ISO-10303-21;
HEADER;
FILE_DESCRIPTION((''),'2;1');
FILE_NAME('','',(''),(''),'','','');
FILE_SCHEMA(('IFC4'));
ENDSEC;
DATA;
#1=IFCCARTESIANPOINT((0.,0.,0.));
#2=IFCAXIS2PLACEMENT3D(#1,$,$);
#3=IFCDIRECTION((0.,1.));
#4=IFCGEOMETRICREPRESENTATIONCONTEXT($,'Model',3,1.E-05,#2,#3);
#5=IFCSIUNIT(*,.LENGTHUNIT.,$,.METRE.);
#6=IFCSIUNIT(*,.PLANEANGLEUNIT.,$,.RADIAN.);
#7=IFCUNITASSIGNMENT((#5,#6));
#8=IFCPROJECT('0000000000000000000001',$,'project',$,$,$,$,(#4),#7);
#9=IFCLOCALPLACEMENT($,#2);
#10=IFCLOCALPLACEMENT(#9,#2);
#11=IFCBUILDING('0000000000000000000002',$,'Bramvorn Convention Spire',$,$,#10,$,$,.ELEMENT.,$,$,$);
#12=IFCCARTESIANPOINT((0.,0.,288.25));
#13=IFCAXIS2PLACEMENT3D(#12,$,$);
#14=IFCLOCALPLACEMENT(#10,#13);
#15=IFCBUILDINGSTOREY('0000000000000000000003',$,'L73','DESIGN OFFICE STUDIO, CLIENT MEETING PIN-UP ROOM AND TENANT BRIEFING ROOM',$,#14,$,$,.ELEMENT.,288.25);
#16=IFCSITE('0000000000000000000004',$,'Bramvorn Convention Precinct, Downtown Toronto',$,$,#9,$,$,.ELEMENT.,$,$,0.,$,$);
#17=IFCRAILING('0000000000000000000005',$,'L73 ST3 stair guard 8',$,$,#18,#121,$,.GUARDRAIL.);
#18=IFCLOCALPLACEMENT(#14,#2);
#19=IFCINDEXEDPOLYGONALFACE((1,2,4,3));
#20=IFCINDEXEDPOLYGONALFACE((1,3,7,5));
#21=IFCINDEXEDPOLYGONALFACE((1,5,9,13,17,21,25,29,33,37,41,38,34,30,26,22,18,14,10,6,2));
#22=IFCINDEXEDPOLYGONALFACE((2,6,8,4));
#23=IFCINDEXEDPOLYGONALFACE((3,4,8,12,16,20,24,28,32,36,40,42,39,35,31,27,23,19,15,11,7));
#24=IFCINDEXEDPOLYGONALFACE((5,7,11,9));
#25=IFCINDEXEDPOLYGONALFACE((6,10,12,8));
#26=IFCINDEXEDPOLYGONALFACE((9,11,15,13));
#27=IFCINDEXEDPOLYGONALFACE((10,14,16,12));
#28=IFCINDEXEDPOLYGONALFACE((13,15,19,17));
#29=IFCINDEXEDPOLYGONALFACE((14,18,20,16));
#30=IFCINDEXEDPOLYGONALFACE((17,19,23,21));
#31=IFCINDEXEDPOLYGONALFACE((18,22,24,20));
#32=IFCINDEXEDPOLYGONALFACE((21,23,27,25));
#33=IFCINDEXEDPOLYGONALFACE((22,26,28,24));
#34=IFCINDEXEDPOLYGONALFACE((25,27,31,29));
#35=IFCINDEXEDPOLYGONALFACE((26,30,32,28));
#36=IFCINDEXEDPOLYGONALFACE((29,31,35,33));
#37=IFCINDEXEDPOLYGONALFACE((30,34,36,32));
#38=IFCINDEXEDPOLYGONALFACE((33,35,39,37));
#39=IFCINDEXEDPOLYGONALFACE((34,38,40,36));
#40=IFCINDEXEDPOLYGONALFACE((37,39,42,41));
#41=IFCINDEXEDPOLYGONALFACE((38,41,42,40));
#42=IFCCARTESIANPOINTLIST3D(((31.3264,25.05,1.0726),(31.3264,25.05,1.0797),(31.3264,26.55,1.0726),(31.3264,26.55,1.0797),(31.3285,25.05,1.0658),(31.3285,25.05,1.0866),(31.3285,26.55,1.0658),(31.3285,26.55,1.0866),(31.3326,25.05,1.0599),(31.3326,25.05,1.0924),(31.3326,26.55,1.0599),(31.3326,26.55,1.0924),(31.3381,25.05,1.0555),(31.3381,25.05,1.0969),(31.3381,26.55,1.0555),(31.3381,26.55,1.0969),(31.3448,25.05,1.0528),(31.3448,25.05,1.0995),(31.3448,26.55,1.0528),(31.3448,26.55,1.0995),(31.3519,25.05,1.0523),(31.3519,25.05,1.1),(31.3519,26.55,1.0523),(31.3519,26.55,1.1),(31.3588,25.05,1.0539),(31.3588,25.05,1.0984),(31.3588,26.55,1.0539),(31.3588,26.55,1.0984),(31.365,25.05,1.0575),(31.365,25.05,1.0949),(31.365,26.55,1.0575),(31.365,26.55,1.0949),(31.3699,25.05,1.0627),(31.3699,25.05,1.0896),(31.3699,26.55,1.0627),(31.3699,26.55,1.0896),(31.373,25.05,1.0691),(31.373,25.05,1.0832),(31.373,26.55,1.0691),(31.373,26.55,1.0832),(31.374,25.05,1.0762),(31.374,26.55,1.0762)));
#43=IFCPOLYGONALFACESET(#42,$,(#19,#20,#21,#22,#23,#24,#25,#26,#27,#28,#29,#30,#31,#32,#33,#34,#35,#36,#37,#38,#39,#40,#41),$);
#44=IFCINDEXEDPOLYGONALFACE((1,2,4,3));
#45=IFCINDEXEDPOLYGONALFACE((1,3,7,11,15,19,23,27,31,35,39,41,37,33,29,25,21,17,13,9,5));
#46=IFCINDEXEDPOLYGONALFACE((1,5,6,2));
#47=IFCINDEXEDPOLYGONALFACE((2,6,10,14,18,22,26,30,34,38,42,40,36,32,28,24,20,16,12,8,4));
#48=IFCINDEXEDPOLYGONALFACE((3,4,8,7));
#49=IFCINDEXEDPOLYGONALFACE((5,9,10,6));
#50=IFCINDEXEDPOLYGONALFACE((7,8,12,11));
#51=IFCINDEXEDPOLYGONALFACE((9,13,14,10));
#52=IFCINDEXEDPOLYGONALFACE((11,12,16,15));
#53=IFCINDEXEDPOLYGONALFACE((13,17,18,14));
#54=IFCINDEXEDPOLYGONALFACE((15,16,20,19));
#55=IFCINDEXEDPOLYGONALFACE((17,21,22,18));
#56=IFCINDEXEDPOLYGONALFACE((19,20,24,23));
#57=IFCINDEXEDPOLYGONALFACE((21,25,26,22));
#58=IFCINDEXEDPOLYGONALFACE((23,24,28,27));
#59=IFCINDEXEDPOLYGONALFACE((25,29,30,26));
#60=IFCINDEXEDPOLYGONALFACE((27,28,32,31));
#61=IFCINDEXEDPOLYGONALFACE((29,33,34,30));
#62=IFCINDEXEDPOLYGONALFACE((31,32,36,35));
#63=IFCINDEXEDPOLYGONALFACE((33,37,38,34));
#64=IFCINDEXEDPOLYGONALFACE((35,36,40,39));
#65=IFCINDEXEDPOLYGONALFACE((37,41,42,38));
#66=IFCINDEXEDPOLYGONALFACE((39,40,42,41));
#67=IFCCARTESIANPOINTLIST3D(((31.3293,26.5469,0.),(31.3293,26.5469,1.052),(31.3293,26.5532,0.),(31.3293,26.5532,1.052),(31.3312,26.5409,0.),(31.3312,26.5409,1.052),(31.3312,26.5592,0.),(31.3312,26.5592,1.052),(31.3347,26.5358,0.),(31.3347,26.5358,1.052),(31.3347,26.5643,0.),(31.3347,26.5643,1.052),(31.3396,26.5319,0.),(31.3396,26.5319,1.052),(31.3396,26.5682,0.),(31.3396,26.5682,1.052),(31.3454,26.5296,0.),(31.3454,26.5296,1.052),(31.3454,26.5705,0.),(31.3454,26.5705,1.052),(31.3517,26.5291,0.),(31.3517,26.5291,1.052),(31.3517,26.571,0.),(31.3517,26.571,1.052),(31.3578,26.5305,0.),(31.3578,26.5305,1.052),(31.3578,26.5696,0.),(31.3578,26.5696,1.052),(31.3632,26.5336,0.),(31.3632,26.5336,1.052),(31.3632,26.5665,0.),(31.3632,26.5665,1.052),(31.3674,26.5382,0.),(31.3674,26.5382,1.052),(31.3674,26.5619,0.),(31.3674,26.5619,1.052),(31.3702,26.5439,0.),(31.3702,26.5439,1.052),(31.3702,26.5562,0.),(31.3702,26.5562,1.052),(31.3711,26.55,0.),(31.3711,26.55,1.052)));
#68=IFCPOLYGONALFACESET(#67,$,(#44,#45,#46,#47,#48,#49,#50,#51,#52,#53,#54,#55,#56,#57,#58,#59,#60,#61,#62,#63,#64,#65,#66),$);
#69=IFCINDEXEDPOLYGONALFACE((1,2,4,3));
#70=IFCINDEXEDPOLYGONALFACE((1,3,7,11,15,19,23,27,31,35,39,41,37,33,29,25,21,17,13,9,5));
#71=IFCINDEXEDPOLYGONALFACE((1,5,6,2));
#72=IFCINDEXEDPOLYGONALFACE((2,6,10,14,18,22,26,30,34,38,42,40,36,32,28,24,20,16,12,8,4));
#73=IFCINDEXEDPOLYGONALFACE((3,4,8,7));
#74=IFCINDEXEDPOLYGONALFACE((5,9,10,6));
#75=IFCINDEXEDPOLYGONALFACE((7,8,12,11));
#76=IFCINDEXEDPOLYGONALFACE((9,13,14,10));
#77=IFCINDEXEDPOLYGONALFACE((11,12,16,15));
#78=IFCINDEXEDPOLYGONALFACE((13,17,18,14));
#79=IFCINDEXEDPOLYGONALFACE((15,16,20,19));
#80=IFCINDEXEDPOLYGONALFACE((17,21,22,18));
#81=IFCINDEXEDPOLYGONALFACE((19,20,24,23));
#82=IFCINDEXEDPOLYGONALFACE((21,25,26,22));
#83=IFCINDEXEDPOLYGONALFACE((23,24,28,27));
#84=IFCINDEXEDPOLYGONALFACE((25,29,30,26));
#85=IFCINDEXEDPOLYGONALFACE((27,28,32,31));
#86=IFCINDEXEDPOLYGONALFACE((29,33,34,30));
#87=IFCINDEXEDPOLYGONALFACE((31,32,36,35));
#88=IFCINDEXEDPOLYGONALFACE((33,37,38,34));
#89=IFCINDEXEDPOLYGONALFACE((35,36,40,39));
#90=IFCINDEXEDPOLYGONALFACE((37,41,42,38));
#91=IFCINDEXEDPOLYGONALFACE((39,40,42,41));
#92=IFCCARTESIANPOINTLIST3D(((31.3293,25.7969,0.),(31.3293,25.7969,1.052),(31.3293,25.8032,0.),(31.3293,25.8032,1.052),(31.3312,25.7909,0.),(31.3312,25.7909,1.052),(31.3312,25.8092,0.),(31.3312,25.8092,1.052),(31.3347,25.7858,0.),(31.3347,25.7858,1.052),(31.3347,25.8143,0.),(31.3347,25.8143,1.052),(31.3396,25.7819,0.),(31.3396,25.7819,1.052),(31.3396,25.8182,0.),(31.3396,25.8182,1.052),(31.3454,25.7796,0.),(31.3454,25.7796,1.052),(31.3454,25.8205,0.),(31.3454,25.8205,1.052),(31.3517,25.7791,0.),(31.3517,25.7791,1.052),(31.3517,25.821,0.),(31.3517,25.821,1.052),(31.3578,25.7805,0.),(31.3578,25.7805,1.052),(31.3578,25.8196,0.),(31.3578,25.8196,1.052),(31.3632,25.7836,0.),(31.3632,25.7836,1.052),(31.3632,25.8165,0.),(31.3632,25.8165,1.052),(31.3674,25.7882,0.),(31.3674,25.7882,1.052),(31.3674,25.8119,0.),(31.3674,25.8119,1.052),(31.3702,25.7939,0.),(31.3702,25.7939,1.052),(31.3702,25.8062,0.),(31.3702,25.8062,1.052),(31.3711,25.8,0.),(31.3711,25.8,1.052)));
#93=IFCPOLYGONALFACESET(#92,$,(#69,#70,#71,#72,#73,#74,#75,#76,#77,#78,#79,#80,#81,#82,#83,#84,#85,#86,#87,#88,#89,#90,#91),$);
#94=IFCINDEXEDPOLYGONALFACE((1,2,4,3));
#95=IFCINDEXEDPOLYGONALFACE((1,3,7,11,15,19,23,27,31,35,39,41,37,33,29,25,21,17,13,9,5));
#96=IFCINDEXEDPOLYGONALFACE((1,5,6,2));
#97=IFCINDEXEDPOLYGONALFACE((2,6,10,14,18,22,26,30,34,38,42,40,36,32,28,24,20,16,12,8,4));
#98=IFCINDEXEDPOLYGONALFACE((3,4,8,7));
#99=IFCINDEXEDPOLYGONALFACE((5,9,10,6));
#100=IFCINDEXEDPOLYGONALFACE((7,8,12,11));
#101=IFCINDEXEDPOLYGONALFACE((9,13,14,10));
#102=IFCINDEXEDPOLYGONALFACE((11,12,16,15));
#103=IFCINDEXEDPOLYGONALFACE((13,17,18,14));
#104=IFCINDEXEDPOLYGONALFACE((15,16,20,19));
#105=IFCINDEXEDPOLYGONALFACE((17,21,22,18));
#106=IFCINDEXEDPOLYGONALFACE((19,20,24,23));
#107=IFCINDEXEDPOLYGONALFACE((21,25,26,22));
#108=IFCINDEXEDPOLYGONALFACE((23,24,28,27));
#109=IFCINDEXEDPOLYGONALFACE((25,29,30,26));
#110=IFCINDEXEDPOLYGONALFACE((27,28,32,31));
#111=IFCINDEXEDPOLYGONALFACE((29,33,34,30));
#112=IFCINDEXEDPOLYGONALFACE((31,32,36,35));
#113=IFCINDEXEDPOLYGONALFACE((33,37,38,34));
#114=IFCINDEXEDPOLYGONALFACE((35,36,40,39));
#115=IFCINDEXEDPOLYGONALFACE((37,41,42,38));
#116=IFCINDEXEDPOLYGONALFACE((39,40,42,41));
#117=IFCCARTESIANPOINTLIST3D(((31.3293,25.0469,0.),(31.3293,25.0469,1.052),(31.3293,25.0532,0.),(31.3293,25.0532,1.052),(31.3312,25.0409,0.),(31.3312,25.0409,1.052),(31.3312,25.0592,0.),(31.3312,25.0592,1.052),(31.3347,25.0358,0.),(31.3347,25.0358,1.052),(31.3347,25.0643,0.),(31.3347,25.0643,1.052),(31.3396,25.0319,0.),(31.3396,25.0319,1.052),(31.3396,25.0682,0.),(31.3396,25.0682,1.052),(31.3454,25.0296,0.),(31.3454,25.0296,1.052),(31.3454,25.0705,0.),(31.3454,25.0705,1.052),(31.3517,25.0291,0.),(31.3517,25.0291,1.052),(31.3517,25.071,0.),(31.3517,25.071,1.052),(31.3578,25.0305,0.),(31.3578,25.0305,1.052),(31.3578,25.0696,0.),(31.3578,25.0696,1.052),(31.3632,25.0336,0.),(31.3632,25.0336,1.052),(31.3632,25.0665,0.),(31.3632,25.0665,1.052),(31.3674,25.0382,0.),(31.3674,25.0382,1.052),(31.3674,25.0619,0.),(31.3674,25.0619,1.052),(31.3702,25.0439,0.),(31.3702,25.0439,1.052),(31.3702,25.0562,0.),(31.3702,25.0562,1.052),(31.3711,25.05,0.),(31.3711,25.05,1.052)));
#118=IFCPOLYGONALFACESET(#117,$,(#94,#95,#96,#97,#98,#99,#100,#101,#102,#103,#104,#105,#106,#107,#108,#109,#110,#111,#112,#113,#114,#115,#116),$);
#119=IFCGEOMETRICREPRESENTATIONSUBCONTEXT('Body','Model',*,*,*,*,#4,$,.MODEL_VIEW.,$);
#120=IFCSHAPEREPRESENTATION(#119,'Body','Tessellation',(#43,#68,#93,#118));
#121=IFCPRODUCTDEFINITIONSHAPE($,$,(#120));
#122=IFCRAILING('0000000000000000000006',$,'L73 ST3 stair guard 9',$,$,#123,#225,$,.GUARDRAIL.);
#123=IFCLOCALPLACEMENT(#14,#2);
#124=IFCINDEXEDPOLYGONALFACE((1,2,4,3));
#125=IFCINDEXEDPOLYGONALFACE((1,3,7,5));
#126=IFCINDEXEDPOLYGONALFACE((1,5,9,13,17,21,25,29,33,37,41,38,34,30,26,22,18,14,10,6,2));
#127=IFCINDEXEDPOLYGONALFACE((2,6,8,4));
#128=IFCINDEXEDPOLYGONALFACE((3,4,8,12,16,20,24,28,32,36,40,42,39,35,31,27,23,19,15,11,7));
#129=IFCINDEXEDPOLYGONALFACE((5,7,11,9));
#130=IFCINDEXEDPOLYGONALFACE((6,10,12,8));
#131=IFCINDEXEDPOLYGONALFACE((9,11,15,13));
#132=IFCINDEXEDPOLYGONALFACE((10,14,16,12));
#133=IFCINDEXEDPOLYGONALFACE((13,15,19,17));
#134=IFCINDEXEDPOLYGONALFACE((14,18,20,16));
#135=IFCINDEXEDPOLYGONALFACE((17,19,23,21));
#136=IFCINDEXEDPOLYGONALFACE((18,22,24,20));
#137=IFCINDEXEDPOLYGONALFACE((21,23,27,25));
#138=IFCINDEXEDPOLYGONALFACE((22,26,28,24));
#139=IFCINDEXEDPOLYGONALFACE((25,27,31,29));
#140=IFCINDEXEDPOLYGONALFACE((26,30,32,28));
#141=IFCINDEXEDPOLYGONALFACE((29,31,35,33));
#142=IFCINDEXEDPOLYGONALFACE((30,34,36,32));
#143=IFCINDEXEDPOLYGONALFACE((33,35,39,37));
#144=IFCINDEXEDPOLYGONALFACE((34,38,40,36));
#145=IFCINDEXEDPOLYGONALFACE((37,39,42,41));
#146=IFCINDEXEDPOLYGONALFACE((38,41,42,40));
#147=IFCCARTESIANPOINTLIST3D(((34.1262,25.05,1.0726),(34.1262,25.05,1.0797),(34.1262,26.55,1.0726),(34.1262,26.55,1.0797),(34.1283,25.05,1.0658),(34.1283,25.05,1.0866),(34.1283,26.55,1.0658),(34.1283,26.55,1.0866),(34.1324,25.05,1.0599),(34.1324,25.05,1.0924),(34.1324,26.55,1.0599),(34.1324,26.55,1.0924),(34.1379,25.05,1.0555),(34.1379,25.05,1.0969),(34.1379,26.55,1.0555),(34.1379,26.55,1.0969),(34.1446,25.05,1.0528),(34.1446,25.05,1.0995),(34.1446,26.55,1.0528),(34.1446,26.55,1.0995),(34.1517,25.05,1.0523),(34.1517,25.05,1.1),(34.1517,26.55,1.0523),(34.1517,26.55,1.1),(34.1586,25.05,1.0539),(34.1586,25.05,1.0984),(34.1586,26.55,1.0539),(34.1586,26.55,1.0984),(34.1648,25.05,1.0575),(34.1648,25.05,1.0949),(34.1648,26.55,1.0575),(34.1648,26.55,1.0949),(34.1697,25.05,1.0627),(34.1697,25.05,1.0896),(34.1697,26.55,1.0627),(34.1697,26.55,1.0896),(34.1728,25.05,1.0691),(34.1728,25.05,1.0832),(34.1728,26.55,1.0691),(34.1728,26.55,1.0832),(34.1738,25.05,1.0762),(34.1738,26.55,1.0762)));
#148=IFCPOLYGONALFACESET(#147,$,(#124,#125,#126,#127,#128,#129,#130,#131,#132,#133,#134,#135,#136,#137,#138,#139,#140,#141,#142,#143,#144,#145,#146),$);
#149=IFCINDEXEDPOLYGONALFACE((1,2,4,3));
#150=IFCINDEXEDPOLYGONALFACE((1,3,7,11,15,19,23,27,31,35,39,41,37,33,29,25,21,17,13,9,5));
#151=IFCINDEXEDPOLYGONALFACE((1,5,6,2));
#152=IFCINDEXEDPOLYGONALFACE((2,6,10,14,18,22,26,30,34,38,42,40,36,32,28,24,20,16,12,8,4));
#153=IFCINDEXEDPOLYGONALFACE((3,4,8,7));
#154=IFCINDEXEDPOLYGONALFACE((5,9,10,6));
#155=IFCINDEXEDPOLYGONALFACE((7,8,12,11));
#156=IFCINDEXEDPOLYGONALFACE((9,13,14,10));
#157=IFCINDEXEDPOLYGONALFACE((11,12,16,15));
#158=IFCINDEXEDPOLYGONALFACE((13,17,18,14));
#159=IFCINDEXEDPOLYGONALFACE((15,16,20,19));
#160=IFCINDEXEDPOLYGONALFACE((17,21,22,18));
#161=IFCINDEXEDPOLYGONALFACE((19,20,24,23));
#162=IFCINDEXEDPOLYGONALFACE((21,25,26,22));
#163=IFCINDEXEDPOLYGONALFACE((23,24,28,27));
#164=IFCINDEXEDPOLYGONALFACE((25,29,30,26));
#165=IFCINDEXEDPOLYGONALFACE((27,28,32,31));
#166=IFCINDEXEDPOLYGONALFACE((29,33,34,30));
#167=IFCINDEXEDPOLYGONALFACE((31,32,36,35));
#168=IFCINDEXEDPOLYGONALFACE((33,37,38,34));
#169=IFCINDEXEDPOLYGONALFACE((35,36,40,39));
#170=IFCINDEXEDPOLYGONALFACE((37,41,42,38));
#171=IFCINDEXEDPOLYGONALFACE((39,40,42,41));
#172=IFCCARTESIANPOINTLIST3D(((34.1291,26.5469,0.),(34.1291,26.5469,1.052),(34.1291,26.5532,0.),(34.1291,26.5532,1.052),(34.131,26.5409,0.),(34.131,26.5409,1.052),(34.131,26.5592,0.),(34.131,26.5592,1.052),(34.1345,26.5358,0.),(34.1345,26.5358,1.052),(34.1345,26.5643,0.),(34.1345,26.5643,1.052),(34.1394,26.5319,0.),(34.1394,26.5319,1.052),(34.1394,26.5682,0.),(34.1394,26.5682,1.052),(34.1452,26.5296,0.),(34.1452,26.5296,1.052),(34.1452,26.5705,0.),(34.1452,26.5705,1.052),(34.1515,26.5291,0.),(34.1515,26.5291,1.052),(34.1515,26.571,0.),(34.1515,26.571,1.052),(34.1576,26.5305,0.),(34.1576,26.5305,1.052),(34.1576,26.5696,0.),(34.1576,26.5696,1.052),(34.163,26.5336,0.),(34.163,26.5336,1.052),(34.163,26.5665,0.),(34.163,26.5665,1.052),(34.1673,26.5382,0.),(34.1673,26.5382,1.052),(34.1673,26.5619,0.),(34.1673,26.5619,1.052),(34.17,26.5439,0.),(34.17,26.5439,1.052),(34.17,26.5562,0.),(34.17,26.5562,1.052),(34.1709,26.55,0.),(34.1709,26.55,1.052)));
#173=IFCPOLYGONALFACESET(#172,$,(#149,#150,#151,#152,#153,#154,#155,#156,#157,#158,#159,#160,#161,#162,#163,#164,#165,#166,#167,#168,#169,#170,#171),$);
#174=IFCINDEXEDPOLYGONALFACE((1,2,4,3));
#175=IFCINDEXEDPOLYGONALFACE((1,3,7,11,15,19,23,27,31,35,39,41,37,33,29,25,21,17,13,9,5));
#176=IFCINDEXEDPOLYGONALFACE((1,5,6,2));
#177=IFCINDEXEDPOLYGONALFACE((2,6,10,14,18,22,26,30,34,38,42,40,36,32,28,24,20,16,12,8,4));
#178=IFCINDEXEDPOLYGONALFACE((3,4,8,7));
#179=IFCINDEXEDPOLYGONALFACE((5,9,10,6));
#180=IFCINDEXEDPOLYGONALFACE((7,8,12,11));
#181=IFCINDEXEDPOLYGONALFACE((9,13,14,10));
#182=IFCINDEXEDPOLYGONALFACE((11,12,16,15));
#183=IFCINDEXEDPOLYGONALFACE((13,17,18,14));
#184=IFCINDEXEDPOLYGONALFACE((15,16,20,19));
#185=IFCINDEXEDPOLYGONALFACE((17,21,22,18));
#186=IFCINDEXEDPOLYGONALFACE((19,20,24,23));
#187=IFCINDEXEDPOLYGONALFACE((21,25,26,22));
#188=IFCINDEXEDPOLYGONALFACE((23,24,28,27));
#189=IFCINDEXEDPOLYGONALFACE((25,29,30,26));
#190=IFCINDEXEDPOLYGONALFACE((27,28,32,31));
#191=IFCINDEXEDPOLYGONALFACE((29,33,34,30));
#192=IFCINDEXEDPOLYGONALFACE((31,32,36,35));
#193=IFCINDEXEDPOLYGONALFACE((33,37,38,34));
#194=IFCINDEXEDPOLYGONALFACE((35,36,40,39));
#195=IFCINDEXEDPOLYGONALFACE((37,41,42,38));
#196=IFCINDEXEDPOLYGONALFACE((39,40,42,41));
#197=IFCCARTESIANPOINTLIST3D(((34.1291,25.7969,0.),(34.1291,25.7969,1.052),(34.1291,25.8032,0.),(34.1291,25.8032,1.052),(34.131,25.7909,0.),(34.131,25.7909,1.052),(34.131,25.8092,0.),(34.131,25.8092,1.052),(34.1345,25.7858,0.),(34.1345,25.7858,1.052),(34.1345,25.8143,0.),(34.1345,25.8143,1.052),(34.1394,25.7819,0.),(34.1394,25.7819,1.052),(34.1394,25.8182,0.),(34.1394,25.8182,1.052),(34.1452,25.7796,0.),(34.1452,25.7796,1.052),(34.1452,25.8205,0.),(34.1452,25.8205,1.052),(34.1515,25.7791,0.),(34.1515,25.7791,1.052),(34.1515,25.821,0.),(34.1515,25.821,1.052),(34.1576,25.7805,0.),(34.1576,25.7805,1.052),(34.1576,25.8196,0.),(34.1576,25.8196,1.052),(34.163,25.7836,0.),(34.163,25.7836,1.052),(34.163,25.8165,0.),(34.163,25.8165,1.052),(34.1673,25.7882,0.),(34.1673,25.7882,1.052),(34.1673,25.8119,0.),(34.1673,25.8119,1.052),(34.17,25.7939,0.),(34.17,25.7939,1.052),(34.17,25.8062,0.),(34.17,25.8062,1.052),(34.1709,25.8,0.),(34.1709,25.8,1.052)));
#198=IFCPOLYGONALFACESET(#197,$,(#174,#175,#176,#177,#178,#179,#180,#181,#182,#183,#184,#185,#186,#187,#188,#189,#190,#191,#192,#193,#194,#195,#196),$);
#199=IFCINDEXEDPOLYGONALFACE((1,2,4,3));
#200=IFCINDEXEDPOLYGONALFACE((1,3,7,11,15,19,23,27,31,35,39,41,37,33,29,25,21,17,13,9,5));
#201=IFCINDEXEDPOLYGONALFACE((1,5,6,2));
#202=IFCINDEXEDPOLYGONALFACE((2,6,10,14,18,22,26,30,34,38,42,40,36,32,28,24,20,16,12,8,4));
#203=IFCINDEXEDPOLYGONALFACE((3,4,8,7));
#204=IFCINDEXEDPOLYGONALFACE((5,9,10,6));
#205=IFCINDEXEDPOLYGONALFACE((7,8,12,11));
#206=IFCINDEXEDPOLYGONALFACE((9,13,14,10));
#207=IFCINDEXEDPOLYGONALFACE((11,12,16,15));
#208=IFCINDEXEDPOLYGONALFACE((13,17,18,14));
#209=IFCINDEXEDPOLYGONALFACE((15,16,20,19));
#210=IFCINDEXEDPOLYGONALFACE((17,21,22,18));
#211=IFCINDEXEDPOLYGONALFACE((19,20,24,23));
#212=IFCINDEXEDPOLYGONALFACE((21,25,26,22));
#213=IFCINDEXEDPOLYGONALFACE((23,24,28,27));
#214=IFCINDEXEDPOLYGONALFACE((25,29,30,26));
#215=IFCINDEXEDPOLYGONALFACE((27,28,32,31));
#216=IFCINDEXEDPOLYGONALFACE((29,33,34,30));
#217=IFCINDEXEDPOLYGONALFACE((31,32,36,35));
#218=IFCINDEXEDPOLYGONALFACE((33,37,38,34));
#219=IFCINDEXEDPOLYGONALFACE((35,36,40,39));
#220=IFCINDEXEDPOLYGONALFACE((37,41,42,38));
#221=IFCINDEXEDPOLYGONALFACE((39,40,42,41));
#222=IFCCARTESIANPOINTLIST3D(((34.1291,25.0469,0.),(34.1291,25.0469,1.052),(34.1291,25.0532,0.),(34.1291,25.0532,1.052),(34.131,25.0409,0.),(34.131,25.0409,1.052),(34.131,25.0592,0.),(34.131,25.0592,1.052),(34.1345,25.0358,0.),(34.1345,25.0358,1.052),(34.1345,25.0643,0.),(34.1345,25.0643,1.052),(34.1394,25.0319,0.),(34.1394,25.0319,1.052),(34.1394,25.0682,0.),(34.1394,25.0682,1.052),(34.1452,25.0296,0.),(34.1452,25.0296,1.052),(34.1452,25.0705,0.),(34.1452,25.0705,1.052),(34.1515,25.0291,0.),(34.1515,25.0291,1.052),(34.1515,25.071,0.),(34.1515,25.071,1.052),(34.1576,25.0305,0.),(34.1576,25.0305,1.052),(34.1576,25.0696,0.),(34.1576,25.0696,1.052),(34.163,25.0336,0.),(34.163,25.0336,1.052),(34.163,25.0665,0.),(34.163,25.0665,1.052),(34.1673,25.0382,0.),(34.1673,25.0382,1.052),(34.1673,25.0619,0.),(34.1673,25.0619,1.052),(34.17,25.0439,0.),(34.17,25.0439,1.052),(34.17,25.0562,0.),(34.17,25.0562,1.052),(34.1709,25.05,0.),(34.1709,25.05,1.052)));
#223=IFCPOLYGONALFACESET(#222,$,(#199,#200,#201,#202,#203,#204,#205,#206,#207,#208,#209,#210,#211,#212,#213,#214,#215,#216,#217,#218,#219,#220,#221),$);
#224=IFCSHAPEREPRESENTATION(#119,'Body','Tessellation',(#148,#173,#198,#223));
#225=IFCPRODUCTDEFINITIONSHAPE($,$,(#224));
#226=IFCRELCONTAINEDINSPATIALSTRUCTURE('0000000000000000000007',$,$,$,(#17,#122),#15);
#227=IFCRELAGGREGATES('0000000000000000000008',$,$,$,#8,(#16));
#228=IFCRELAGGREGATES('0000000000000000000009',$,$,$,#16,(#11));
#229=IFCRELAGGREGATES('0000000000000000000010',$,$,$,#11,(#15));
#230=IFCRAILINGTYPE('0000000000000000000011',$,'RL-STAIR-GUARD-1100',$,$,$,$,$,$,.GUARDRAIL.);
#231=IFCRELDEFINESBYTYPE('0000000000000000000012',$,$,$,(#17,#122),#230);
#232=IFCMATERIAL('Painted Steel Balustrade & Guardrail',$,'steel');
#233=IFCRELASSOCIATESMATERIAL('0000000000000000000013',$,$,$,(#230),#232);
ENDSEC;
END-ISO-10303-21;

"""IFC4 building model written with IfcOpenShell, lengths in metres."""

from ifc_helpers import new_model, si_unit, direction, frame, origin, origin_2d, place, context, subcontext, project, spatial, circle, extrude, material, type_object, element, save


model = new_model("IFC4")

# Units and contexts
model_context = context("Model", 3, precision=1e-05, world=origin(), true_north=direction((0.0, 1.0)))
body_context = subcontext(model_context, "Body", "Model", "MODEL_VIEW")
ifc_project = project(units=[si_unit("LENGTHUNIT", "METRE"), si_unit("PLANEANGLEUNIT", "RADIAN")], contexts=[model_context])

# Site, building, storey
site_placement = place(None, origin())
site = spatial("IfcSite", under=ifc_project, at=site_placement, Name="Bramvorn Convention Precinct, Downtown Toronto", CompositionType="ELEMENT", RefElevation=0.0)
building_placement = place(site_placement, origin())
building = spatial("IfcBuilding", under=site, at=building_placement, Name="Bramvorn Convention Spire", CompositionType="ELEMENT")
storey_placement = place(building_placement, frame((0.0, 0.0, 288.25)))
storey = spatial("IfcBuildingStorey", under=building, at=storey_placement, Name="L73", Description="DESIGN OFFICE STUDIO, CLIENT MEETING PIN-UP ROOM AND TENANT BRIEFING ROOM", CompositionType="ELEMENT", Elevation=288.25)

# Railings
ifc_material_1 = material(Name="Painted Steel Balustrade & Guardrail", Category="steel")
railing_type = type_object("IfcRailingType", Name="RL-STAIR-GUARD-1100", PredefinedType="GUARDRAIL", material=ifc_material_1)
for number, where, name in (
    (1, (31.3501, 26.55, 0.0), "L73 ST3 stair guard 8"),
    (2, (34.1499, 26.55, 0.0), "L73 ST3 stair guard 9"),
):
    element("IfcRailing", number, at=place(storey_placement, frame(where)), inside=storey, type_object=railing_type, Name=name, PredefinedType="GUARDRAIL", context=body_context, shape_type="SweptSolid", body=[
        extrude(circle(Radius=0.0239, at=origin_2d()), frame((0.0, 0.0, 1.0762), z_axis=(0.0, -1.0, 0.0), x_axis=(1.0, 0.0, 0.0)), (0.0, 0.0, 1.0), 1.5),
        extrude(circle(Radius=0.021, at=origin_2d()), origin(), (0.0, 0.0, 1.0), 1.052),
        extrude(circle(Radius=0.021, at=origin_2d()), frame((0.0, -0.75, 0.0)), (0.0, 0.0, 1.0), 1.052),
        extrude(circle(Radius=0.021, at=origin_2d()), frame((0.0, -1.5, 0.0)), (0.0, 0.0, 1.0), 1.052),
    ])

save(model, "model.ifc")
